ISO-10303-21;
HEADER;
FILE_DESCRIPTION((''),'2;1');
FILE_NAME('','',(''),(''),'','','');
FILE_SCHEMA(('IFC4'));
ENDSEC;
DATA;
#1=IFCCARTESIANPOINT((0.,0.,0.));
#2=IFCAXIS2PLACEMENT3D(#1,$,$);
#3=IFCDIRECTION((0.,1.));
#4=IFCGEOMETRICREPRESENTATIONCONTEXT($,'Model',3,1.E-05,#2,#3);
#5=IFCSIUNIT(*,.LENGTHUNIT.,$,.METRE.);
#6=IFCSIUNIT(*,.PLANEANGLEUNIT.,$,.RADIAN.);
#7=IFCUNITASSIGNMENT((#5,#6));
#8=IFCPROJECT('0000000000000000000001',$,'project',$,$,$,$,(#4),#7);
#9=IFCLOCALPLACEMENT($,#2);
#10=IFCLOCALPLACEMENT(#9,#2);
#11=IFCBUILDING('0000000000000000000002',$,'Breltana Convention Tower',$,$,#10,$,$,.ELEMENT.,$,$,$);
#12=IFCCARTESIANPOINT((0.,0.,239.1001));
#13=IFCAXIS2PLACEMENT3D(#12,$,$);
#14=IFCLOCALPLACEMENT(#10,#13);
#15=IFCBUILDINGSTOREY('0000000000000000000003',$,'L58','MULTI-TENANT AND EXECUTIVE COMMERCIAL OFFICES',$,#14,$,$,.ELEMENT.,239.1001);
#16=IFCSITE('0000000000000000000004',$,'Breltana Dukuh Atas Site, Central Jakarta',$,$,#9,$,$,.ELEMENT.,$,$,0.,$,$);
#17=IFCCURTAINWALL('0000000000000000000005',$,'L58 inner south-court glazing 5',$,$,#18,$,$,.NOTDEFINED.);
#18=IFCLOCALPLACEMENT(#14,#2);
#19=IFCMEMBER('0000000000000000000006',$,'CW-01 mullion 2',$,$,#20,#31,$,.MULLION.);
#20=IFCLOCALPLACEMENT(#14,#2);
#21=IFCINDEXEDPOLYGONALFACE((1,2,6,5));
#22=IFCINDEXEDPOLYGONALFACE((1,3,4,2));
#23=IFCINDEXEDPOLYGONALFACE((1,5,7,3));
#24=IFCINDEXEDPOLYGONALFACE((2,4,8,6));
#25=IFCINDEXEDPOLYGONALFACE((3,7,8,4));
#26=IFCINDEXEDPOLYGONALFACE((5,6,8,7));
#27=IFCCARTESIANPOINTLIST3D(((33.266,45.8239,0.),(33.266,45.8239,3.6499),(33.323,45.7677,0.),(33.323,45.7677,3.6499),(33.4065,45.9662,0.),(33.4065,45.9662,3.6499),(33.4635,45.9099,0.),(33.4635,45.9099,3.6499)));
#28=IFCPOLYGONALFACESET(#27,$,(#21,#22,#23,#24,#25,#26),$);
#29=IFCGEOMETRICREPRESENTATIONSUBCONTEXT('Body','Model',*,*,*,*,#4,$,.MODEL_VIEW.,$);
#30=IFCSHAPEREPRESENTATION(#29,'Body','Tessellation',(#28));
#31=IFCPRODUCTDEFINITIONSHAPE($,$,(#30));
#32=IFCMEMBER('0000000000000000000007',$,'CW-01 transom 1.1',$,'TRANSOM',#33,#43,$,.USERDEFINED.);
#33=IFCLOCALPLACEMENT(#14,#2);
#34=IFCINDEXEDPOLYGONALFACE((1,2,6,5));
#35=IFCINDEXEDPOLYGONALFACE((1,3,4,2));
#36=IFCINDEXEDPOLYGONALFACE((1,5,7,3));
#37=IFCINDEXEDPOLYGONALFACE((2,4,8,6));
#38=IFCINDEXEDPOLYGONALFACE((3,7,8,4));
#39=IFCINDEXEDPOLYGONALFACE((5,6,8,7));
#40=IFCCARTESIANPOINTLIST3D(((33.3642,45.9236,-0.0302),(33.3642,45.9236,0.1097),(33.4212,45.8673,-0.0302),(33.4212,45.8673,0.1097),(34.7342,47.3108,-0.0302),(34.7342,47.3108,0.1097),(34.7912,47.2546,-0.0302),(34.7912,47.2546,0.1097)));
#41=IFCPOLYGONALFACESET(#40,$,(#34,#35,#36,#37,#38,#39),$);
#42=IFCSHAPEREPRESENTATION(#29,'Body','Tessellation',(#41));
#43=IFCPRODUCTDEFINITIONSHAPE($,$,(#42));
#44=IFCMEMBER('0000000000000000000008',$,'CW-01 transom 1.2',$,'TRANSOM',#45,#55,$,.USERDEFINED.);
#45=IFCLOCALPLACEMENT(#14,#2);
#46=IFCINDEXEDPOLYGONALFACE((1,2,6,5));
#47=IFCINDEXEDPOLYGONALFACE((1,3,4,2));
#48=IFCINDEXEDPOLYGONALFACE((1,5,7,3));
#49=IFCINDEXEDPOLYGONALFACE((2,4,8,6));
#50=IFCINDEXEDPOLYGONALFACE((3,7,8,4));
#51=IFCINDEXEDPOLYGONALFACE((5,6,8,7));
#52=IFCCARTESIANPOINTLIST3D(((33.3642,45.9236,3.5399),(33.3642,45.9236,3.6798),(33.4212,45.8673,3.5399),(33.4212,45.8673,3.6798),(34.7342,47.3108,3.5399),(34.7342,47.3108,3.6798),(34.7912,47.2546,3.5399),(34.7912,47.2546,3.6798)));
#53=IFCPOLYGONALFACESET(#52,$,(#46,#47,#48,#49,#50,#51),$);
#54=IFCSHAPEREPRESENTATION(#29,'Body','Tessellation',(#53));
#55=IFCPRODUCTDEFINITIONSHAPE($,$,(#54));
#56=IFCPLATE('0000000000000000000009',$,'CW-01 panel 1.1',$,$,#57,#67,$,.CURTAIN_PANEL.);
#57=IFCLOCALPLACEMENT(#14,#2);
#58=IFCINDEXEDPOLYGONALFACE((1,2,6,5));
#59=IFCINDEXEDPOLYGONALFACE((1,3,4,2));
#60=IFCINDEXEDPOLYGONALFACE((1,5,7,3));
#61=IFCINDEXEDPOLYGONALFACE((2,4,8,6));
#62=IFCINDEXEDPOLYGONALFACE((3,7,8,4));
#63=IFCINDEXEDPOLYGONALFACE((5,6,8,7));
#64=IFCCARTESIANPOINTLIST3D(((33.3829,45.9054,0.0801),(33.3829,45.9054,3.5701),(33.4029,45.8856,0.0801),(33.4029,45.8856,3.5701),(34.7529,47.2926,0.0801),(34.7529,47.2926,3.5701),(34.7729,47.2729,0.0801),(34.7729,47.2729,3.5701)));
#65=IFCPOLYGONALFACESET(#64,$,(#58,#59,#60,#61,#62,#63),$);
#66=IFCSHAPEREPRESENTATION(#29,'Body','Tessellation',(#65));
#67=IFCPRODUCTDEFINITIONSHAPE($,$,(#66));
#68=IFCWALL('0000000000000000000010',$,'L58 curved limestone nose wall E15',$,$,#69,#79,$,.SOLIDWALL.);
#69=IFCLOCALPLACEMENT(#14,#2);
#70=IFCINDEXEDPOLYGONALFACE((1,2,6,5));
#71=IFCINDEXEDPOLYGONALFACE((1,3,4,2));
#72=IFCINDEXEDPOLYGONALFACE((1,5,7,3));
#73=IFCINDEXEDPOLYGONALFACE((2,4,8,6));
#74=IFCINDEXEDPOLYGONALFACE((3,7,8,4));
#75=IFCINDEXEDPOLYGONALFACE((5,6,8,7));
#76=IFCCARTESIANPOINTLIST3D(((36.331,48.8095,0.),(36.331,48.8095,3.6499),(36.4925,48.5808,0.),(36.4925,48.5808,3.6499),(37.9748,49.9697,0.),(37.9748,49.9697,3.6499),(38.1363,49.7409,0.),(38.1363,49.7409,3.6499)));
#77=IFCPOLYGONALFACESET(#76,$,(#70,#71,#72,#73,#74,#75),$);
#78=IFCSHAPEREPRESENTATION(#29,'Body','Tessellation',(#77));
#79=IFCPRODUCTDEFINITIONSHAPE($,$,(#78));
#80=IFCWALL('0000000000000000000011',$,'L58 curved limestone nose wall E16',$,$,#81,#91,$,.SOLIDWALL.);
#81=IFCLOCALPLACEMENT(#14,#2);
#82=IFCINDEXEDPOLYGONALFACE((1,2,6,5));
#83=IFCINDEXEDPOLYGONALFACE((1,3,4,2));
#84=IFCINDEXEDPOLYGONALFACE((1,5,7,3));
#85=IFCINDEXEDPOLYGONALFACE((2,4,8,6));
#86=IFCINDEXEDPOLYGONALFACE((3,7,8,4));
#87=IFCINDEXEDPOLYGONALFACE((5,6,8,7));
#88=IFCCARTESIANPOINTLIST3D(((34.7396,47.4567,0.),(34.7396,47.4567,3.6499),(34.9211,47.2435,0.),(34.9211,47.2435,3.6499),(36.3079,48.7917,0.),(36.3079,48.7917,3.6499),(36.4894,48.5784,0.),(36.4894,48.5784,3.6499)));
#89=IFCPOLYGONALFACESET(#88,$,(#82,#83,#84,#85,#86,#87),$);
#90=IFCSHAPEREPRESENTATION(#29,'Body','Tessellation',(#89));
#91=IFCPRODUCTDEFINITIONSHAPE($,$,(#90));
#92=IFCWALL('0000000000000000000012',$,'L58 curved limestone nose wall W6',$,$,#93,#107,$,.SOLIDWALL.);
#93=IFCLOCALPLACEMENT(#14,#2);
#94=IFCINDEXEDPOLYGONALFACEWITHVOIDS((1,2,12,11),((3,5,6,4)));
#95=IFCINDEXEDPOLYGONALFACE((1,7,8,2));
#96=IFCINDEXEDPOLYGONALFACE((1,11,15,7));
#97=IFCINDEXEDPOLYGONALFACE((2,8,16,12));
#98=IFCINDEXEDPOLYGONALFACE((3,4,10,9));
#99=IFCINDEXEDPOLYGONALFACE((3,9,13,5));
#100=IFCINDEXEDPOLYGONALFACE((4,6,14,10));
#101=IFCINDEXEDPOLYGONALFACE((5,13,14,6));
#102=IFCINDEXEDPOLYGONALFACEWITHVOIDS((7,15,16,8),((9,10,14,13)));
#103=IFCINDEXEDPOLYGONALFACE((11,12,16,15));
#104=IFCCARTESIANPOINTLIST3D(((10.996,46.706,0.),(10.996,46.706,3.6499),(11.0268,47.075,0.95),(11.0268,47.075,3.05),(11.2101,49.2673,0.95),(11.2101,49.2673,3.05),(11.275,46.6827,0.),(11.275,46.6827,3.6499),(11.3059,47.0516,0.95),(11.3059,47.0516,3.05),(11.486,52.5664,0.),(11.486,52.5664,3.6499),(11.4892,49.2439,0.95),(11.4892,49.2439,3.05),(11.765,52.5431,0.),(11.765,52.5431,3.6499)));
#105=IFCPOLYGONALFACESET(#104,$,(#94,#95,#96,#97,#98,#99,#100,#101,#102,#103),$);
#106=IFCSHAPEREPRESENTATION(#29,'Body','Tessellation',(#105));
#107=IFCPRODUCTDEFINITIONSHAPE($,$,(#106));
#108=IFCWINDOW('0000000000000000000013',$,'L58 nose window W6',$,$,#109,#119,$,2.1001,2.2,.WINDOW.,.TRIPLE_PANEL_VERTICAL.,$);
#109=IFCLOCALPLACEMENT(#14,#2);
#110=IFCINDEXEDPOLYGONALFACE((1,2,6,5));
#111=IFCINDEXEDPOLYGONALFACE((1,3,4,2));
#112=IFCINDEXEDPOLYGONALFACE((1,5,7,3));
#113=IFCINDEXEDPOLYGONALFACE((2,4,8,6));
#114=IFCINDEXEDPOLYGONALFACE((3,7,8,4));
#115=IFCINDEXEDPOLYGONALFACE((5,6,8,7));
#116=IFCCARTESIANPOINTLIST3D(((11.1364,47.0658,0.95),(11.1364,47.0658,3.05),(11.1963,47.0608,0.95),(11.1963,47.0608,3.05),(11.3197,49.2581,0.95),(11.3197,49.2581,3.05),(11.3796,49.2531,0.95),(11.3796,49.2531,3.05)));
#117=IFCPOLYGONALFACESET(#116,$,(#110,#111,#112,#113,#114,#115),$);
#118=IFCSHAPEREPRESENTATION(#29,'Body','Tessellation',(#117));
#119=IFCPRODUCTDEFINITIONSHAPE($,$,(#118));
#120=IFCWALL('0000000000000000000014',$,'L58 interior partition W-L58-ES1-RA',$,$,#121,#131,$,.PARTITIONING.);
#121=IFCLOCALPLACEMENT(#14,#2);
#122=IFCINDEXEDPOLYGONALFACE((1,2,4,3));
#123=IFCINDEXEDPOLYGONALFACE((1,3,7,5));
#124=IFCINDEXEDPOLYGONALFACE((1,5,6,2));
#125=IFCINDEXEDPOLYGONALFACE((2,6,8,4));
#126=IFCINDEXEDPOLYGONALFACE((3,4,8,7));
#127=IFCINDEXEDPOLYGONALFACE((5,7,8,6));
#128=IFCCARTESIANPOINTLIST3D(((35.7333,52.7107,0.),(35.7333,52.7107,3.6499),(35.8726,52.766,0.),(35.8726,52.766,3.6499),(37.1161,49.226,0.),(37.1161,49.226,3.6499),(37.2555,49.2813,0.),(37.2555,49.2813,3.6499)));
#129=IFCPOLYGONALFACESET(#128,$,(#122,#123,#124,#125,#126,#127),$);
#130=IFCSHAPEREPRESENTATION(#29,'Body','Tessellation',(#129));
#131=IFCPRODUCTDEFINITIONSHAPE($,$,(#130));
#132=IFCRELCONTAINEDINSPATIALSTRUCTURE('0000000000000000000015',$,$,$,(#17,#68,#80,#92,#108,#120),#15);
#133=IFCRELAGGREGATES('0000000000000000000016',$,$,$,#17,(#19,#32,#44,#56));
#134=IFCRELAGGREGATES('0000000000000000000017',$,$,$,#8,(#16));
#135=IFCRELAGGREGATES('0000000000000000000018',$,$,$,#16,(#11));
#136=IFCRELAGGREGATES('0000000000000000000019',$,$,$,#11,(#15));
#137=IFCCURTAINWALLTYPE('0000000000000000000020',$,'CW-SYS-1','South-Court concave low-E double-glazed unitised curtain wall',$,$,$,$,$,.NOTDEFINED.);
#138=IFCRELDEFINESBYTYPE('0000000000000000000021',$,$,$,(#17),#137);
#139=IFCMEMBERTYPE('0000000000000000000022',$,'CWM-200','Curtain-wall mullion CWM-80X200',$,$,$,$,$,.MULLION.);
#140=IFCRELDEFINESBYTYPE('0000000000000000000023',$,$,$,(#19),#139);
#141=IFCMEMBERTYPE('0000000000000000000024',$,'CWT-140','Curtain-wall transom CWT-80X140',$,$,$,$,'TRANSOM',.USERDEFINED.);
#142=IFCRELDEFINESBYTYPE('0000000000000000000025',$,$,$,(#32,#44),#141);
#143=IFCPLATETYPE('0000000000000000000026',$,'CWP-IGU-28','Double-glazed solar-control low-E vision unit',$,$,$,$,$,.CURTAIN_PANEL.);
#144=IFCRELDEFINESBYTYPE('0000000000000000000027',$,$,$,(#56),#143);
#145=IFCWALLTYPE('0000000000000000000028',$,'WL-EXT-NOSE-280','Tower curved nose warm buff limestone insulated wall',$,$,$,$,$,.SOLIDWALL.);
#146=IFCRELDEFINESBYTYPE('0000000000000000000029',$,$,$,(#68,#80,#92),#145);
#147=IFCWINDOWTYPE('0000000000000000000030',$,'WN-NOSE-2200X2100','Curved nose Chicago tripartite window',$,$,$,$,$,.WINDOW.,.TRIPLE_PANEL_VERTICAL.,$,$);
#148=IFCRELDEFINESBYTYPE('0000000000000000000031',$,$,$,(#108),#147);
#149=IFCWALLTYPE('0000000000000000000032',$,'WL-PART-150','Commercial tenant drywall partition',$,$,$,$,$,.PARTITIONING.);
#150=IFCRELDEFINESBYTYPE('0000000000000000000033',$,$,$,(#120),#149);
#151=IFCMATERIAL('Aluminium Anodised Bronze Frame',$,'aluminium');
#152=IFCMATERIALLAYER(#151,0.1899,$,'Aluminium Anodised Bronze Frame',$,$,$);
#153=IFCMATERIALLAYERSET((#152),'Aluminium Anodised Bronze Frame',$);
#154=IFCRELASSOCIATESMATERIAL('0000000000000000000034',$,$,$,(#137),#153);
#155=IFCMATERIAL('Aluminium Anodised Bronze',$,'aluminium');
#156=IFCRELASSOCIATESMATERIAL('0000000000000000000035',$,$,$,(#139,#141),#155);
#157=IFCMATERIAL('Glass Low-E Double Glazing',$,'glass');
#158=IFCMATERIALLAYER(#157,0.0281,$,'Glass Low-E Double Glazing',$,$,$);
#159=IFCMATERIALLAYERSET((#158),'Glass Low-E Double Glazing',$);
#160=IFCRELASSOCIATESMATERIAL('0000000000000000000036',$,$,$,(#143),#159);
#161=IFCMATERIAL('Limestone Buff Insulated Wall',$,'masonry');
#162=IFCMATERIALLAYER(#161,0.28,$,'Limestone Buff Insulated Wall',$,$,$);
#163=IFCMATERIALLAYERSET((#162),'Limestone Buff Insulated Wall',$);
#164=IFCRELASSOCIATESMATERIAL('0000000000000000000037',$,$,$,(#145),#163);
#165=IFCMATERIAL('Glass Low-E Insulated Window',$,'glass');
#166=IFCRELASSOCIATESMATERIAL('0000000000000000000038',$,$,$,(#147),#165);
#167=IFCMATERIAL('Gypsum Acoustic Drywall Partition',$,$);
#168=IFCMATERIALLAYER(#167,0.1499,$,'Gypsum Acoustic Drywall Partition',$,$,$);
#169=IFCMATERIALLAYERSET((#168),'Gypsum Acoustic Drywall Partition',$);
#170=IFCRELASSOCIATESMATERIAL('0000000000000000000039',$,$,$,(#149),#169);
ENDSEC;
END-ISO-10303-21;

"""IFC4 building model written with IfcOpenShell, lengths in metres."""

from ifc_helpers import new_model, si_unit, direction, frame, frame_2d, origin, origin_2d, place, context, subcontext, project, spatial, rectangle, extrude, source, transform, mapped, material, layer, layer_set, material_profile, profile_set, type_object, type_shapes, element, fill, aggregate, save


model = new_model("IFC4")

# Units and contexts
model_context = context("Model", 3, precision=1e-05, world=origin(), true_north=direction((0.0, 1.0)))
body_context = subcontext(model_context, "Body", "Model", "MODEL_VIEW")
ifc_project = project(units=[si_unit("LENGTHUNIT", "METRE"), si_unit("PLANEANGLEUNIT", "RADIAN")], contexts=[model_context])

# Site, building, storey
site_placement = place(None, origin())
site = spatial("IfcSite", under=ifc_project, at=site_placement, Name="Breltana Dukuh Atas Site, Central Jakarta", CompositionType="ELEMENT", RefElevation=0.0)
building_placement = place(site_placement, origin())
building = spatial("IfcBuilding", under=site, at=building_placement, Name="Breltana Convention Tower", CompositionType="ELEMENT")
storey_placement = place(building_placement, frame((0.0, 0.0, 239.1001)))
storey = spatial("IfcBuildingStorey", under=building, at=storey_placement, Name="L58", Description="MULTI-TENANT AND EXECUTIVE COMMERCIAL OFFICES", CompositionType="ELEMENT", Elevation=239.1001)

# Curtain wall, members, plate
ifc_material_1 = material(Name="Aluminium Anodised Bronze Frame", Category="aluminium")
ifc_layer_1 = layer(ifc_material_1, 0.1899, Name="Aluminium Anodised Bronze Frame")
ifc_layer_set_1 = layer_set([ifc_layer_1], Name="Aluminium Anodised Bronze Frame")
curtain_wall_type = type_object("IfcCurtainWallType", Name="CW-SYS-1", Description="South-Court concave low-E double-glazed unitised curtain wall", PredefinedType="NOTDEFINED", material=ifc_layer_set_1)
curtain_wall_placement = place(storey_placement, origin())
curtain_wall = element("IfcCurtainWall", 1, at=curtain_wall_placement, inside=storey, type_object=curtain_wall_type, Name="L58 inner south-court glazing 5", PredefinedType="NOTDEFINED")
ifc_material_2 = material(Name="Aluminium Anodised Bronze", Category="aluminium")
ifc_material_profile_1 = material_profile(ifc_material_2, rectangle(XDim=0.0801, YDim=0.2, at=origin_2d()), Name="CWM-80X200")
ifc_profile_set_1 = profile_set([ifc_material_profile_1], Name="Aluminium Anodised Bronze")
member_type_1 = type_object("IfcMemberType", Name="CWM-200", Description="Curtain-wall mullion CWM-80X200", PredefinedType="MULLION", material=ifc_profile_set_1)
shared_shape_1 = source(origin(), body_context, "Body", "SweptSolid", [
    extrude(rectangle(XDim=0.0801, YDim=0.2, at=origin_2d()), origin(), (0.0, 0.0, 1.0), 3.6499),
])
member_1_placement = place(storey_placement, frame((33.3647, 45.8669, 0.0), z_axis=(0.0, 0.0, 1.0), x_axis=(0.711501, -0.702685, 0.0)))
member_1 = element("IfcMember", 2, at=member_1_placement, type_object=member_type_1, Name="CW-01 mullion 2", PredefinedType="MULLION", context=body_context, shape_type="MappedRepresentation", body=[
    mapped(shared_shape_1, transform((0.0, 0.0, 0.0), scale=1.0)),
])
ifc_material_profile_2 = material_profile(ifc_material_2, rectangle(XDim=0.0801, YDim=0.1399, at=origin_2d()), Name="CWT-80X140")
ifc_profile_set_2 = profile_set([ifc_material_profile_2], Name="Aluminium Anodised Bronze")
member_type_2 = type_object("IfcMemberType", Name="CWT-140", Description="Curtain-wall transom CWT-80X140", ElementType="TRANSOM", PredefinedType="USERDEFINED", material=ifc_profile_set_2)
shared_shape_2 = source(origin(), body_context, "Body", "SweptSolid", [
    extrude(rectangle(XDim=0.0801, YDim=0.1399, at=origin_2d()), origin(), (0.0, 0.0, 1.0), 1.9497),
])
member_2_placement = place(storey_placement, frame((34.7627, 47.2827, 0.0398), z_axis=(-0.702647, -0.711538, 0.0), x_axis=(0.711538, -0.702647, 0.0)))
member_2 = element("IfcMember", 3, at=member_2_placement, type_object=member_type_2, Name="CW-01 transom 1.1", ObjectType="TRANSOM", PredefinedType="USERDEFINED", context=body_context, shape_type="MappedRepresentation", body=[
    mapped(shared_shape_2, transform((0.0, 0.0, 0.0), scale=1.0)),
])
member_3_placement = place(storey_placement, frame((34.7627, 47.2827, 3.6099), z_axis=(-0.702647, -0.711538, 0.0), x_axis=(0.711538, -0.702647, 0.0)))
member_3 = element("IfcMember", 4, at=member_3_placement, type_object=member_type_2, Name="CW-01 transom 1.2", ObjectType="TRANSOM", PredefinedType="USERDEFINED", context=body_context, shape_type="MappedRepresentation", body=[
    mapped(shared_shape_2, transform((0.0, 0.0, 0.0), scale=1.0)),
])
ifc_material_3 = material(Name="Glass Low-E Double Glazing", Category="glass")
ifc_layer_2 = layer(ifc_material_3, 0.0281, Name="Glass Low-E Double Glazing")
ifc_layer_set_2 = layer_set([ifc_layer_2], Name="Glass Low-E Double Glazing")
plate_type = type_object("IfcPlateType", Name="CWP-IGU-28", Description="Double-glazed solar-control low-E vision unit", PredefinedType="CURTAIN_PANEL", material=ifc_layer_set_2)
shared_shape_3 = source(origin(), body_context, "Body", "SweptSolid", [
    extrude(rectangle(XDim=1.9497, YDim=0.0281, at=origin_2d()), origin(), (0.0, 0.0, 1.0), 3.49),
])
plate_placement = place(storey_placement, frame((34.0779, 46.5891, 0.0801), z_axis=(0.0, 0.0, 1.0), x_axis=(-0.702685, -0.711501, 0.0)))
plate = element("IfcPlate", 5, at=plate_placement, type_object=plate_type, Name="CW-01 panel 1.1", PredefinedType="CURTAIN_PANEL", context=body_context, shape_type="MappedRepresentation", body=[
    mapped(shared_shape_3, transform((0.0, 0.0, 0.0), scale=1.0)),
])
aggregate(curtain_wall, [member_1, member_2, member_3, plate])

# Walls
ifc_material_4 = material(Name="Limestone Buff Insulated Wall", Category="masonry")
ifc_layer_3 = layer(ifc_material_4, 0.28, Name="Limestone Buff Insulated Wall")
ifc_layer_set_3 = layer_set([ifc_layer_3], Name="Limestone Buff Insulated Wall")
wall_type_1 = type_object("IfcWallType", Name="WL-EXT-NOSE-280", Description="Tower curved nose warm buff limestone insulated wall", PredefinedType="SOLIDWALL", material=ifc_layer_set_3)
shared_shape_4 = source(origin(), body_context, "Body", "SweptSolid", [
    extrude(rectangle(XDim=2.012, YDim=0.28, at=frame_2d((1.0059, 0.0))), origin(), (0.0, 0.0, 1.0), 3.6499),
])
wall_1_placement = place(storey_placement, frame((38.0554, 49.8552, 0.0), z_axis=(0.0, 0.0, 1.0), x_axis=(-0.817008, -0.576626, 0.0)))
element("IfcWall", 6, at=wall_1_placement, inside=storey, type_object=wall_type_1, Name="L58 curved limestone nose wall E15", PredefinedType="SOLIDWALL", context=body_context, shape_type="MappedRepresentation", body=[
    mapped(shared_shape_4, transform((0.0, 0.0, 0.0), scale=1.0)),
])
shared_shape_5 = source(origin(), body_context, "Body", "SweptSolid", [
    extrude(rectangle(XDim=2.0596, YDim=0.28, at=frame_2d((1.0298, 0.0))), origin(), (0.0, 0.0, 1.0), 3.6499),
])
wall_2_placement = place(storey_placement, frame((36.3987, 48.6851, 0.0), z_axis=(0.0, 0.0, 1.0), x_axis=(-0.761495, -0.648171, 0.0)))
element("IfcWall", 7, at=wall_2_placement, inside=storey, type_object=wall_type_1, Name="L58 curved limestone nose wall E16", PredefinedType="SOLIDWALL", context=body_context, shape_type="MappedRepresentation", body=[
    mapped(shared_shape_5, transform((0.0, 0.0, 0.0), scale=1.0)),
])

# Wall, opening, window
shared_shape_6 = source(origin(), body_context, "Body", "SweptSolid", [
    extrude(rectangle(XDim=5.8809, YDim=0.28, at=frame_2d((2.9404, 0.0))), origin(), (0.0, 0.0, 1.0), 3.6499),
])
wall_3_placement = place(storey_placement, frame((11.1355, 46.6943, 0.0), z_axis=(0.0, 0.0, 1.0), x_axis=(0.08332, 0.996523, 0.0)))
wall_3 = element("IfcWall", 8, at=wall_3_placement, inside=storey, type_object=wall_type_1, Name="L58 curved limestone nose wall W6", PredefinedType="SOLIDWALL", context=body_context, shape_type="MappedRepresentation", body=[
    mapped(shared_shape_6, transform((0.0, 0.0, 0.0), scale=1.0)),
])
opening_placement = place(wall_3_placement, frame((0.3701, 0.0, 0.95)))
opening = element("IfcOpeningElement", 9, at=opening_placement, cuts=wall_3, PredefinedType="OPENING", context=body_context, shape_type="SweptSolid", body=[
    extrude(rectangle(XDim=2.2, YDim=2.1001, at=frame_2d((1.1001, 1.05))), frame((0.0, 0.1499, 0.0), z_axis=(0.0, -1.0, 0.0), x_axis=(1.0, 0.0, 0.0)), (0.0, 0.0, 1.0), 0.3),
])
ifc_material_5 = material(Name="Glass Low-E Insulated Window", Category="glass")
window_type = type_object("IfcWindowType", Name="WN-NOSE-2200X2100", Description="Curved nose Chicago tripartite window", PartitioningType="TRIPLE_PANEL_VERTICAL", PredefinedType="WINDOW", material=ifc_material_5)
shared_shape_7 = source(origin(), body_context, "Body", "SweptSolid", [
    extrude(rectangle(XDim=2.2, YDim=2.1001, at=frame_2d((1.1001, 1.05))), frame((0.0, 0.03, 0.0), z_axis=(0.0, -1.0, 0.0), x_axis=(1.0, 0.0, 0.0)), (0.0, 0.0, 1.0), 0.0601),
])
type_shapes(window_type, [shared_shape_7])
window_placement = place(opening_placement, origin())
window = element("IfcWindow", 10, at=window_placement, inside=storey, type_object=window_type, Name="L58 nose window W6", OverallHeight=2.1001, OverallWidth=2.2, PartitioningType="TRIPLE_PANEL_VERTICAL", PredefinedType="WINDOW", context=body_context, shape_type="MappedRepresentation", body=[
    mapped(shared_shape_7, transform((0.0, 0.0, 0.0), scale=1.0)),
])
fill(opening, window)

# Wall
ifc_material_6 = material(Name="Gypsum Acoustic Drywall Partition")
ifc_layer_4 = layer(ifc_material_6, 0.1499, Name="Gypsum Acoustic Drywall Partition")
ifc_layer_set_4 = layer_set([ifc_layer_4], Name="Gypsum Acoustic Drywall Partition")
wall_type_2 = type_object("IfcWallType", Name="WL-PART-150", Description="Commercial tenant drywall partition", PredefinedType="PARTITIONING", material=ifc_layer_set_4)
shared_shape_8 = source(origin(), body_context, "Body", "SweptSolid", [
    extrude(rectangle(XDim=3.749, YDim=0.1499, at=frame_2d((1.8745, 0.0))), origin(), (0.0, 0.0, 1.0), 3.6499),
])
wall_4_placement = place(storey_placement, frame((37.1858, 49.2537, 0.0), z_axis=(0.0, 0.0, 1.0), x_axis=(-0.368852, 0.929488, 0.0)))
element("IfcWall", 11, at=wall_4_placement, inside=storey, type_object=wall_type_2, Name="L58 interior partition W-L58-ES1-RA", PredefinedType="PARTITIONING", context=body_context, shape_type="MappedRepresentation", body=[
    mapped(shared_shape_8, transform((0.0, 0.0, 0.0), scale=1.0)),
])

save(model, "model.ifc")
